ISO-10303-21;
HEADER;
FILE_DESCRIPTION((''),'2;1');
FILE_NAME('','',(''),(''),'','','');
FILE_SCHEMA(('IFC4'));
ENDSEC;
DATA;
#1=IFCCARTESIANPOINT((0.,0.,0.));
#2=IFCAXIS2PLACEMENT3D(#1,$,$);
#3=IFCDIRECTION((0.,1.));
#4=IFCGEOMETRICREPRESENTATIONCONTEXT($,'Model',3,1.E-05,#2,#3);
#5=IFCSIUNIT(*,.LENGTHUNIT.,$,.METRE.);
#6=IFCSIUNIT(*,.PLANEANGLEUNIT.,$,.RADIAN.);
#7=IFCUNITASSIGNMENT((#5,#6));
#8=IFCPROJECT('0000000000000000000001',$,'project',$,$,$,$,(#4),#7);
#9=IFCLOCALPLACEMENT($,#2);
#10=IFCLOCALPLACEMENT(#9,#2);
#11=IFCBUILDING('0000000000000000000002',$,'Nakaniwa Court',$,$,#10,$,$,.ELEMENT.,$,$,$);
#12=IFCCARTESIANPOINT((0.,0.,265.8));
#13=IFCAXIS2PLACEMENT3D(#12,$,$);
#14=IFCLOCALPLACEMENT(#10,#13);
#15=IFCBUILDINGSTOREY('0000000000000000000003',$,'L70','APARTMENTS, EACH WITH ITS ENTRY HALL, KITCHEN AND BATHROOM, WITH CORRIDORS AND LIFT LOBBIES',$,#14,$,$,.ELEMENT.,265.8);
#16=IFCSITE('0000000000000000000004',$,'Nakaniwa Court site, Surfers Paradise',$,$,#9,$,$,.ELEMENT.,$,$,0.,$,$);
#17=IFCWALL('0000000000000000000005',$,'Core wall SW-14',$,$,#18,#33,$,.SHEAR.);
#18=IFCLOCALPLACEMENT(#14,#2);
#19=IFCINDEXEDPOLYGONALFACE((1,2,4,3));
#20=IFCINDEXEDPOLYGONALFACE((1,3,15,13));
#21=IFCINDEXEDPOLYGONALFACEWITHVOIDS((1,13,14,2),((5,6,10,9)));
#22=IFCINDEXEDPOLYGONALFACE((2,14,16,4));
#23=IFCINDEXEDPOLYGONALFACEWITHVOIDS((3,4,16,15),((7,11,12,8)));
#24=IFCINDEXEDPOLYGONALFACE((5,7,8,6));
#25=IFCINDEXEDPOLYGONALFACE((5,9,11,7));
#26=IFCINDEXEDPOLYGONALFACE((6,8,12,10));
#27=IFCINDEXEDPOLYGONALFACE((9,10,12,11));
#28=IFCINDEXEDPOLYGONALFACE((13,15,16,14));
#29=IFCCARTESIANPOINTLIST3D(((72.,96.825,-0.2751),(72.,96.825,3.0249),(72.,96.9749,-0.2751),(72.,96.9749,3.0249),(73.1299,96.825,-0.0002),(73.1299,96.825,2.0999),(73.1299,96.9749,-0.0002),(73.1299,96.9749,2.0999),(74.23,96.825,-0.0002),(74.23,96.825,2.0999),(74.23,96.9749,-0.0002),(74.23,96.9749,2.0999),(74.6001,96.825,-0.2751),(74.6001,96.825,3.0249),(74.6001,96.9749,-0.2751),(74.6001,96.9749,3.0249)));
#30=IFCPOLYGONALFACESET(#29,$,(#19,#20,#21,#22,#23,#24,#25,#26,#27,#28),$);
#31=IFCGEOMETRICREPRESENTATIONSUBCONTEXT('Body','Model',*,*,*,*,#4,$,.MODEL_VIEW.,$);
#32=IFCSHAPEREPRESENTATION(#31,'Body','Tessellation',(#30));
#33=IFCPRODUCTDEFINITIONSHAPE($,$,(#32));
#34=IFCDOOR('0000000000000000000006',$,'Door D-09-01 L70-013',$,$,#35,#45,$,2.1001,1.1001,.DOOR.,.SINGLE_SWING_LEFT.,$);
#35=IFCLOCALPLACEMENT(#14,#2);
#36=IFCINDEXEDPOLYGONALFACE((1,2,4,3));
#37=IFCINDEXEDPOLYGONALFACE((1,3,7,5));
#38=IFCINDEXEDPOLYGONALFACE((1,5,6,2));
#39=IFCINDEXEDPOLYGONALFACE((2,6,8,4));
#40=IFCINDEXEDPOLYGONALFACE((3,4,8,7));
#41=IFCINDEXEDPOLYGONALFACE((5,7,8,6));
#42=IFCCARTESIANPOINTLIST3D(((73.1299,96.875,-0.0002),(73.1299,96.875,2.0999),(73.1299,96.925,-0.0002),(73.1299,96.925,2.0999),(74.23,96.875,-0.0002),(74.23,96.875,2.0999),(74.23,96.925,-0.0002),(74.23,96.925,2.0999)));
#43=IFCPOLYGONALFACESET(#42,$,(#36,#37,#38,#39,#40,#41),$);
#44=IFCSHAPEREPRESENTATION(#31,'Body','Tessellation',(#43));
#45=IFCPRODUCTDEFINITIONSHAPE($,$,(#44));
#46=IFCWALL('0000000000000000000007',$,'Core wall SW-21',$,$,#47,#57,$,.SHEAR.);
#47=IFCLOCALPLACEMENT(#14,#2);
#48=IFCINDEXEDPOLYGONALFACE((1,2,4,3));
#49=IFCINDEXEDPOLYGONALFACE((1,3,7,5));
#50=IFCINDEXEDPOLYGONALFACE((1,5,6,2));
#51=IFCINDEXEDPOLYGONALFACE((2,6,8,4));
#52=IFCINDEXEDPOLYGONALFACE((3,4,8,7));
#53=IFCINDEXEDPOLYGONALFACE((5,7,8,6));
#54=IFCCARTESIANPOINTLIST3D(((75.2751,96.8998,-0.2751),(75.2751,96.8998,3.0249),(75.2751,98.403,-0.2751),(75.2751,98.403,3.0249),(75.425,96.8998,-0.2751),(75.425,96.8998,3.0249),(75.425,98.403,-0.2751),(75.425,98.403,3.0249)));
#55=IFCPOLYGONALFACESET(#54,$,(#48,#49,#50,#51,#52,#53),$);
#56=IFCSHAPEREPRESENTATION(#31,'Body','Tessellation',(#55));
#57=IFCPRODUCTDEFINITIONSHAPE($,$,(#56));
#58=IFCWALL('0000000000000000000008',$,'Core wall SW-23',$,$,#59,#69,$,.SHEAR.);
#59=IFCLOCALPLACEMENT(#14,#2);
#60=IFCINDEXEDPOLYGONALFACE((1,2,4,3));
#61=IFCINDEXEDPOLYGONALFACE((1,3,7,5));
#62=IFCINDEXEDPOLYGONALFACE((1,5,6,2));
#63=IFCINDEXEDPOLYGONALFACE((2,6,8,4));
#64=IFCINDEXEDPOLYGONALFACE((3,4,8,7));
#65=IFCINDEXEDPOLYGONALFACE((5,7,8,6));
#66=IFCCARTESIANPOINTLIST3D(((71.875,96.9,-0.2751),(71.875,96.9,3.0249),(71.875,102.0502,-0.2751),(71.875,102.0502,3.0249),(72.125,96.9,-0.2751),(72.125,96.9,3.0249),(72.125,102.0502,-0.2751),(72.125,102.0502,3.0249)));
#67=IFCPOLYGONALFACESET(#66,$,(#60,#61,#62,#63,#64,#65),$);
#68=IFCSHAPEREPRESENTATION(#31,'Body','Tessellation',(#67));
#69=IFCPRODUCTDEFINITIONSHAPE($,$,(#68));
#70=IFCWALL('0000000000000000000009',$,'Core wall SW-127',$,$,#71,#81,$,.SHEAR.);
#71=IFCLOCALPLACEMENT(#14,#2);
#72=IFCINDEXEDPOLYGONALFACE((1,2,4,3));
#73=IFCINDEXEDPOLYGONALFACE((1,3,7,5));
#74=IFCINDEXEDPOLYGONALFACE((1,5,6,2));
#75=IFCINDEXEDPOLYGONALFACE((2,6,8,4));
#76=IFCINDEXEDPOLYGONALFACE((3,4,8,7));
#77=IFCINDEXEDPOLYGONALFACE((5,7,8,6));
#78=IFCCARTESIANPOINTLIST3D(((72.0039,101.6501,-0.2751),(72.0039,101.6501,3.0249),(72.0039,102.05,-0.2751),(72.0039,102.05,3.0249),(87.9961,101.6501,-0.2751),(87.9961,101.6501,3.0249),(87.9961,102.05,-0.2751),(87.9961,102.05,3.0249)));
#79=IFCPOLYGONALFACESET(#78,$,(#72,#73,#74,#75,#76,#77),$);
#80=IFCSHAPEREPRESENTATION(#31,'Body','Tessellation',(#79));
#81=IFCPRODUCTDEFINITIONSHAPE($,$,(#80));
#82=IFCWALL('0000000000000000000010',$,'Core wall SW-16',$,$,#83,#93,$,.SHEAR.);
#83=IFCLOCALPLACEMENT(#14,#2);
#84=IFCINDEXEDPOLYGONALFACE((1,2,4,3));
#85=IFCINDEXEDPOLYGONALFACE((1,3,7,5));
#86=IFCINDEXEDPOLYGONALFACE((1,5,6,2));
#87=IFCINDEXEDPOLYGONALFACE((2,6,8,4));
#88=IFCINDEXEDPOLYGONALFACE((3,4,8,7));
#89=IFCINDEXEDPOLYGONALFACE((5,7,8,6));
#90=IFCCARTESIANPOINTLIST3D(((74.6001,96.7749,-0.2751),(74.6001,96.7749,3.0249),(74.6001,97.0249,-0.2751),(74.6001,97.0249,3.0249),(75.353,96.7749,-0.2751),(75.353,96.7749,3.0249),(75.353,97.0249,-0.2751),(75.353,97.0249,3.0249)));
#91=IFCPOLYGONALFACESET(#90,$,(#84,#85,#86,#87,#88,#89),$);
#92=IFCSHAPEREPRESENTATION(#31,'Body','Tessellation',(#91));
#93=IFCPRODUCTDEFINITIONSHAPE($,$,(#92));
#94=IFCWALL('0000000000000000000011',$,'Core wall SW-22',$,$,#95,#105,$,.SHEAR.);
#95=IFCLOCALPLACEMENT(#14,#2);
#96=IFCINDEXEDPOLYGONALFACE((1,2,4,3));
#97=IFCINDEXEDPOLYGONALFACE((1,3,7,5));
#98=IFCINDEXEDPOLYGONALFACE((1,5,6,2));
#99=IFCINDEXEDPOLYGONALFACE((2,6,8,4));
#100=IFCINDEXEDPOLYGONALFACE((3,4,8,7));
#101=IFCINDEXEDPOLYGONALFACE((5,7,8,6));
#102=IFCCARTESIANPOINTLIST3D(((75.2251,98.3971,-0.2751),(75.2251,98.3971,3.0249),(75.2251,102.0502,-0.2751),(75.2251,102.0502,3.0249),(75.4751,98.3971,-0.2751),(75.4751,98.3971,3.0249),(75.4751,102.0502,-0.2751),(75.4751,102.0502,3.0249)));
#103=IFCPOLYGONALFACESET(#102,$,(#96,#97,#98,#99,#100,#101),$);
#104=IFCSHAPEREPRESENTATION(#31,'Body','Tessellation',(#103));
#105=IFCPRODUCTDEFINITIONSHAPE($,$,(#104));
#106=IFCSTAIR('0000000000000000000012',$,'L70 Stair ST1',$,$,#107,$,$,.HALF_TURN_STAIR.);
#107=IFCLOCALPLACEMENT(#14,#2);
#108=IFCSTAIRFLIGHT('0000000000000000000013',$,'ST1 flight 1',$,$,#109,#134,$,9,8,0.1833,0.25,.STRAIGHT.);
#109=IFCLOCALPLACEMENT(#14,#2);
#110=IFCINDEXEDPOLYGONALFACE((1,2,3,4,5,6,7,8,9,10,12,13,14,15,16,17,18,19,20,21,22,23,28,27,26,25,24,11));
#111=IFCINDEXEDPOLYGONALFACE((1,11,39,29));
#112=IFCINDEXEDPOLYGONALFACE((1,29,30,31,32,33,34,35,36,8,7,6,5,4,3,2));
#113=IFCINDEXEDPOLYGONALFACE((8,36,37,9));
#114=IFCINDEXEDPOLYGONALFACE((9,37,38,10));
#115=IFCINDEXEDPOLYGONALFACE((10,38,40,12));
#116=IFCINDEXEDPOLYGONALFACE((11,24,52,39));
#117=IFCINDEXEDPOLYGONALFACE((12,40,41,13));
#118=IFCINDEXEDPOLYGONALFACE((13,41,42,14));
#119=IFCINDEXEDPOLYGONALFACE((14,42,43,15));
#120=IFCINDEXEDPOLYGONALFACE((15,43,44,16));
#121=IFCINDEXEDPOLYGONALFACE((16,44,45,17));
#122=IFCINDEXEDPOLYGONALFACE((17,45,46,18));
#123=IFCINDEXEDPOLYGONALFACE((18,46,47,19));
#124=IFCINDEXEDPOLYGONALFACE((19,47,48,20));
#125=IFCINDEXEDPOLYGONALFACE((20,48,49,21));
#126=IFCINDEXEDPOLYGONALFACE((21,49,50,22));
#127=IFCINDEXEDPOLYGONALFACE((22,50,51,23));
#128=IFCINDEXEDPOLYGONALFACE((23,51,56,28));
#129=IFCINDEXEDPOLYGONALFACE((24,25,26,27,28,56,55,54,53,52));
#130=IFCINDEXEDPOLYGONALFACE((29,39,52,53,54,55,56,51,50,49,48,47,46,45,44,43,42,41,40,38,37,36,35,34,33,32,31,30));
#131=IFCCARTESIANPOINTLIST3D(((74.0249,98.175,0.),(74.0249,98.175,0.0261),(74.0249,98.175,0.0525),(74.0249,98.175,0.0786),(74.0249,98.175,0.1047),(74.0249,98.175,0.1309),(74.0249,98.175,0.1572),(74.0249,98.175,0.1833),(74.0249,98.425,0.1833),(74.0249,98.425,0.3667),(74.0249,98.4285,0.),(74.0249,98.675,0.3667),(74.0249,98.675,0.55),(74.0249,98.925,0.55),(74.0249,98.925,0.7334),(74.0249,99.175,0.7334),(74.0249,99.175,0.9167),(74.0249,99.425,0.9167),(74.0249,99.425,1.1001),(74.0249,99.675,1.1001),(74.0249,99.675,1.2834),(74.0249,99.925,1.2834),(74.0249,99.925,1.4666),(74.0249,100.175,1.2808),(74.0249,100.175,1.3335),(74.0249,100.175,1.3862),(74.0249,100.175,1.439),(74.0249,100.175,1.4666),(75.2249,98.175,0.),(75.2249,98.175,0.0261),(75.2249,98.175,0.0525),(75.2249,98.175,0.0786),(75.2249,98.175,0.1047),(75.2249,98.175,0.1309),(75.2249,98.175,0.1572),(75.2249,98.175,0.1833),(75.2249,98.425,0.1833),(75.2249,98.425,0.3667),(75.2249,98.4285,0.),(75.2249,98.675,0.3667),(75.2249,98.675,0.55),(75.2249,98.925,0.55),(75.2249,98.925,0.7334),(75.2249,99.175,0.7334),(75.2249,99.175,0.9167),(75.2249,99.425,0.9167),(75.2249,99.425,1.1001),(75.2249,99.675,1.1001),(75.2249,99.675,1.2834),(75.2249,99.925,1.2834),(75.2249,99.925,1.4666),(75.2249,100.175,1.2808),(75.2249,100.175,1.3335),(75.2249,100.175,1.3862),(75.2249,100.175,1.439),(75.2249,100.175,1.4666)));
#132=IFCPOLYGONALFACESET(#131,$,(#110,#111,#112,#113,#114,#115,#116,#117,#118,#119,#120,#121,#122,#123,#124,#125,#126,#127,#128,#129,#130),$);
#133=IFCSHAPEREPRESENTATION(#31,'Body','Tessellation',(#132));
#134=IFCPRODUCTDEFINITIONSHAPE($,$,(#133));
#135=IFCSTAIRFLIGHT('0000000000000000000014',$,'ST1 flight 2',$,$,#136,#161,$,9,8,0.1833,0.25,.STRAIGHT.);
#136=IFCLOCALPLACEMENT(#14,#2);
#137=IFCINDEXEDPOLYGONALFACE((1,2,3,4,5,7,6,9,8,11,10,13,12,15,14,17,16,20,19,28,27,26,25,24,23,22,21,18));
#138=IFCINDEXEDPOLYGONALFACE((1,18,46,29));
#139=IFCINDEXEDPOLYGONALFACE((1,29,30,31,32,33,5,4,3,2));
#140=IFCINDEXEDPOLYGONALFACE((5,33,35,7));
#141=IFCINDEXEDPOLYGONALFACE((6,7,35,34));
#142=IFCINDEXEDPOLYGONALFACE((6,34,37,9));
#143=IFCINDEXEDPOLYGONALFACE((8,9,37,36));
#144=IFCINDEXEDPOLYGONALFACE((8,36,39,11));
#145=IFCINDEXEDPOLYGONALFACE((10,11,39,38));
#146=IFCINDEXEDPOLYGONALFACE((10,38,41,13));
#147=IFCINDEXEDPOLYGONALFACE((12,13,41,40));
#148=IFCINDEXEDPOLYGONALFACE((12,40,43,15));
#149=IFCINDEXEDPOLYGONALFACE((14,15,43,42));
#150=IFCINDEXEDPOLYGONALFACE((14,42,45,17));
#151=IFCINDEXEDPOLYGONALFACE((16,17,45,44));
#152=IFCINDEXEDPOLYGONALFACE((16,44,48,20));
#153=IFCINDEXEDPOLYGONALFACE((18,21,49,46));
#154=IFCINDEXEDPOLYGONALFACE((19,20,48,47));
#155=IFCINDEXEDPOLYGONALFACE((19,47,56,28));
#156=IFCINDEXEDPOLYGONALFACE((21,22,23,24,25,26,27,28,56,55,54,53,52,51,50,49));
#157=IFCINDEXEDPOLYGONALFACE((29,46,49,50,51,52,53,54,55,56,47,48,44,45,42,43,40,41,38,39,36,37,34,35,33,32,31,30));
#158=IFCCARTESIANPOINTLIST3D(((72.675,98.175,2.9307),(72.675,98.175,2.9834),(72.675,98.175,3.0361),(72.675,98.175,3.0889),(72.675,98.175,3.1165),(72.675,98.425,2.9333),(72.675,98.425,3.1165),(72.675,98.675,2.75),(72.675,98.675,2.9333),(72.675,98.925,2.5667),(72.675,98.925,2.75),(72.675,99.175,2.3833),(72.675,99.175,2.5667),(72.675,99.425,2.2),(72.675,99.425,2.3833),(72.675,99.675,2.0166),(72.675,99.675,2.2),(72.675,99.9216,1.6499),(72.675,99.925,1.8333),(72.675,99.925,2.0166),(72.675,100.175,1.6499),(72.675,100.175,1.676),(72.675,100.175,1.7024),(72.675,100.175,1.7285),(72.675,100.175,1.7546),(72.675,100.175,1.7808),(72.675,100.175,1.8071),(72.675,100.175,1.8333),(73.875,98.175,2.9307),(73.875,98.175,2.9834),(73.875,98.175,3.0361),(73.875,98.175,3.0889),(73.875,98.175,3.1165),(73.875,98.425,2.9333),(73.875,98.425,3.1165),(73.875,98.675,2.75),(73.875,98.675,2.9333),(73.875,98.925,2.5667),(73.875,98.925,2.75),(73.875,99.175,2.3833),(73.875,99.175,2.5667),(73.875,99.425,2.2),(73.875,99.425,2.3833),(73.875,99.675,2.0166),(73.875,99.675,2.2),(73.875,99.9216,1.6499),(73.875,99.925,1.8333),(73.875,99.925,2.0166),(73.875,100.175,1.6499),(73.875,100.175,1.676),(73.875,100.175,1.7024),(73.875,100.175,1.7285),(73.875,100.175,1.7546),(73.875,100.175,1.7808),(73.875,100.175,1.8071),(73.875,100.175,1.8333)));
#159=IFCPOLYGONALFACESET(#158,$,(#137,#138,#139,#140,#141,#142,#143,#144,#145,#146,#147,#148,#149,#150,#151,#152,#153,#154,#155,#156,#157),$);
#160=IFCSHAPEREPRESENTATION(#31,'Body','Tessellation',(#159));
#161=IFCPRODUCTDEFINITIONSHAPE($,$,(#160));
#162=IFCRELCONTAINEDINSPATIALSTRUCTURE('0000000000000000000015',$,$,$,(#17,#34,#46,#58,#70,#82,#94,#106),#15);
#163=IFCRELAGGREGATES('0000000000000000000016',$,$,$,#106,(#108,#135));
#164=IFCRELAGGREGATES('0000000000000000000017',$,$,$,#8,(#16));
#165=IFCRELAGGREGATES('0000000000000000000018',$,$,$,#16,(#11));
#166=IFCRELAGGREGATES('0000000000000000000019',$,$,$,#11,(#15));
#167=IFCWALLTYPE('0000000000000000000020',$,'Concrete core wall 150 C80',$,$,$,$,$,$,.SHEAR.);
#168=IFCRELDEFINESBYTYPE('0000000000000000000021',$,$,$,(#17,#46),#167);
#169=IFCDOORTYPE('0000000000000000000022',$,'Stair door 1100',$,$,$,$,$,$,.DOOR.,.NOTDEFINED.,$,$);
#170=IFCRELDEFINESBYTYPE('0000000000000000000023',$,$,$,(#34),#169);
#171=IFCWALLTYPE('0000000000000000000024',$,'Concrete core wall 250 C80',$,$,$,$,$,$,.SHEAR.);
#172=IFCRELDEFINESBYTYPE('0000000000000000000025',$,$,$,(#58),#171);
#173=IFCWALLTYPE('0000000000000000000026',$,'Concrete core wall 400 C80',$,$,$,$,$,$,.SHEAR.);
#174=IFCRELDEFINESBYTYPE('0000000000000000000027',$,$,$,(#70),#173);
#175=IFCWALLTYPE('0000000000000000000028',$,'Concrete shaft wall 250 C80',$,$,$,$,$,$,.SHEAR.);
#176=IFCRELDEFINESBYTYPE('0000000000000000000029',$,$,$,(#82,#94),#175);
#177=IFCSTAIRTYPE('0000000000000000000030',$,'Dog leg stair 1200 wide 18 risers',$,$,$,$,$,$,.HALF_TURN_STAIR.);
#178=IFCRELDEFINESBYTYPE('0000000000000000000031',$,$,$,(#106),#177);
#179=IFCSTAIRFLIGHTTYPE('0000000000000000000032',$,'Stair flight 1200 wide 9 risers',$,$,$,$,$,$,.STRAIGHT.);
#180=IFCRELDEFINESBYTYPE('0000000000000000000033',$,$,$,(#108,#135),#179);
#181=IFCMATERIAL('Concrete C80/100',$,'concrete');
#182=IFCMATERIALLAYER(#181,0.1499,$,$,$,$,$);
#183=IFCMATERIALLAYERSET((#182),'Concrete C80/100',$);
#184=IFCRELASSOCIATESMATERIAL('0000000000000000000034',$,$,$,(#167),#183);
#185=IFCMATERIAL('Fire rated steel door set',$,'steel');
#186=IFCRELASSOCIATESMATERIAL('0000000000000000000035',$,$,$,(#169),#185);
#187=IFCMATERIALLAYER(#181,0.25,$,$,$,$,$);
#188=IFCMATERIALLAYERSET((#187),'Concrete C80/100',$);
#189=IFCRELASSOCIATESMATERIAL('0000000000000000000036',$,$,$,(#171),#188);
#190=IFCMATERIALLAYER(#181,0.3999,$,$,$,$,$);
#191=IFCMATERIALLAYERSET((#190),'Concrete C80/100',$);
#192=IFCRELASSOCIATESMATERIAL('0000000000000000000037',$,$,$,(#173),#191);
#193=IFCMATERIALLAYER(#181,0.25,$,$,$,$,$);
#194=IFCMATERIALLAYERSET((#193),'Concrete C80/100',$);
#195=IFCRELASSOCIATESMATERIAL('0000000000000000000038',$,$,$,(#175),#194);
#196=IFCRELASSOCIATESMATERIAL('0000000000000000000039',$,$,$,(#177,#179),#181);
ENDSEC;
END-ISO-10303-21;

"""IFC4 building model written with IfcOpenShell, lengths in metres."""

from ifc_helpers import new_model, si_unit, direction, frame, frame_2d, origin, place, context, subcontext, project, spatial, polyline, rectangle, outline, extrude, material, layer, layer_set, type_object, element, fill, aggregate, save


model = new_model("IFC4")

# Units and contexts
model_context = context("Model", 3, precision=1e-05, world=origin(), true_north=direction((0.0, 1.0)))
body_context = subcontext(model_context, "Body", "Model", "MODEL_VIEW")
ifc_project = project(units=[si_unit("LENGTHUNIT", "METRE"), si_unit("PLANEANGLEUNIT", "RADIAN")], contexts=[model_context])

# Site, building, storey
site_placement = place(None, origin())
site = spatial("IfcSite", under=ifc_project, at=site_placement, Name="Nakaniwa Court site, Surfers Paradise", CompositionType="ELEMENT", RefElevation=0.0)
building_placement = place(site_placement, origin())
building = spatial("IfcBuilding", under=site, at=building_placement, Name="Nakaniwa Court", CompositionType="ELEMENT")
storey_placement = place(building_placement, frame((0.0, 0.0, 265.8)))
storey = spatial("IfcBuildingStorey", under=building, at=storey_placement, Name="L70", Description="APARTMENTS, EACH WITH ITS ENTRY HALL, KITCHEN AND BATHROOM, WITH CORRIDORS AND LIFT LOBBIES", CompositionType="ELEMENT", Elevation=265.8)

# Shared definitions
ifc_material_1 = material(Name="Concrete C80/100", Category="concrete")

# Shared definitions
ifc_material_2 = material(Name="Fire rated steel door set", Category="steel")

# Wall, opening, door
ifc_layer_1 = layer(ifc_material_1, 0.1499)
ifc_layer_set_1 = layer_set([ifc_layer_1], Name="Concrete C80/100")
wall_type_1 = type_object("IfcWallType", Name="Concrete core wall 150 C80", PredefinedType="SHEAR", material=ifc_layer_set_1)
wall_1_placement = place(storey_placement, frame((74.6001, 96.8999, -0.2751), z_axis=(0.0, 0.0, 1.0), x_axis=(-1.0, 0.0, 0.0)))
wall_1 = element("IfcWall", 1, at=wall_1_placement, inside=storey, type_object=wall_type_1, Name="Core wall SW-14", PredefinedType="SHEAR", context=body_context, shape_type="SweptSolid", body=[
    extrude(rectangle(XDim=2.6001, YDim=0.1499, at=frame_2d((1.3, 0.0))), origin(), (0.0, 0.0, 1.0), 3.3),
])
opening_1_placement = place(wall_1_placement, frame((0.3701, 0.0, 0.2749)))
opening_1 = element("IfcOpeningElement", 2, at=opening_1_placement, cuts=wall_1, PredefinedType="OPENING", context=body_context, shape_type="SweptSolid", body=[
    extrude(rectangle(XDim=1.1001, YDim=2.1001, at=frame_2d((0.55, 1.05))), frame((0.0, 0.085, 0.0), z_axis=(0.0, -1.0, 0.0), x_axis=(1.0, 0.0, 0.0)), (0.0, 0.0, 1.0), 0.1699),
])
door_type_1 = type_object("IfcDoorType", Name="Stair door 1100", OperationType="NOTDEFINED", PredefinedType="DOOR", material=ifc_material_2)
door_1_placement = place(opening_1_placement, origin())
door_1 = element("IfcDoor", 3, at=door_1_placement, inside=storey, type_object=door_type_1, Name="Door D-09-01 L70-013", OperationType="SINGLE_SWING_LEFT", OverallHeight=2.1001, OverallWidth=1.1001, PredefinedType="DOOR", context=body_context, shape_type="SweptSolid", body=[
    extrude(rectangle(XDim=1.1001, YDim=2.1001, at=frame_2d((0.55, 1.05))), frame((0.0, 0.0249, 0.0), z_axis=(0.0, -1.0, 0.0), x_axis=(1.0, 0.0, 0.0)), (0.0, 0.0, 1.0), 0.05),
])
fill(opening_1, door_1)

# Walls
wall_2_placement = place(storey_placement, frame((75.3501, 96.8999, -0.2751), z_axis=(0.0, 0.0, 1.0), x_axis=(0.0, 1.0, 0.0)))
element("IfcWall", 4, at=wall_2_placement, inside=storey, type_object=wall_type_1, Name="Core wall SW-21", PredefinedType="SHEAR", context=body_context, shape_type="SweptSolid", body=[
    extrude(rectangle(XDim=1.5032, YDim=0.1499, at=frame_2d((0.7515, 0.0))), origin(), (0.0, 0.0, 1.0), 3.3),
])
ifc_layer_2 = layer(ifc_material_1, 0.25)
ifc_layer_set_2 = layer_set([ifc_layer_2], Name="Concrete C80/100")
wall_type_2 = type_object("IfcWallType", Name="Concrete core wall 250 C80", PredefinedType="SHEAR", material=ifc_layer_set_2)
wall_3_placement = place(storey_placement, frame((72.0, 96.8999, -0.2751), z_axis=(0.0, 0.0, 1.0), x_axis=(0.0, 1.0, 0.0)))
element("IfcWall", 5, at=wall_3_placement, inside=storey, type_object=wall_type_2, Name="Core wall SW-23", PredefinedType="SHEAR", context=body_context, shape_type="SweptSolid", body=[
    extrude(rectangle(XDim=5.1501, YDim=0.25, at=frame_2d((2.5752, 0.0))), origin(), (0.0, 0.0, 1.0), 3.3),
])
ifc_layer_3 = layer(ifc_material_1, 0.3999)
ifc_layer_set_3 = layer_set([ifc_layer_3], Name="Concrete C80/100")
wall_type_3 = type_object("IfcWallType", Name="Concrete core wall 400 C80", PredefinedType="SHEAR", material=ifc_layer_set_3)
wall_4_placement = place(storey_placement, frame((72.0039, 101.8501, -0.2751), z_axis=(0.0, 0.0, 1.0), x_axis=(1.0, 0.0, 0.0)))
element("IfcWall", 6, at=wall_4_placement, inside=storey, type_object=wall_type_3, Name="Core wall SW-127", PredefinedType="SHEAR", context=body_context, shape_type="SweptSolid", body=[
    extrude(rectangle(XDim=15.9922, YDim=0.3999, at=frame_2d((7.9961, 0.0))), origin(), (0.0, 0.0, 1.0), 3.3),
])
ifc_layer_4 = layer(ifc_material_1, 0.25)
ifc_layer_set_4 = layer_set([ifc_layer_4], Name="Concrete C80/100")
wall_type_4 = type_object("IfcWallType", Name="Concrete shaft wall 250 C80", PredefinedType="SHEAR", material=ifc_layer_set_4)
wall_5_placement = place(storey_placement, frame((74.6001, 96.8999, -0.2751), z_axis=(0.0, 0.0, 1.0), x_axis=(1.0, 0.0, 0.0)))
element("IfcWall", 7, at=wall_5_placement, inside=storey, type_object=wall_type_4, Name="Core wall SW-16", PredefinedType="SHEAR", context=body_context, shape_type="SweptSolid", body=[
    extrude(rectangle(XDim=0.7529, YDim=0.25, at=frame_2d((0.3765, 0.0))), origin(), (0.0, 0.0, 1.0), 3.3),
])
wall_6_placement = place(storey_placement, frame((75.3501, 98.397, -0.2751), z_axis=(0.0, 0.0, 1.0), x_axis=(0.0, 1.0, 0.0)))
element("IfcWall", 8, at=wall_6_placement, inside=storey, type_object=wall_type_4, Name="Core wall SW-22", PredefinedType="SHEAR", context=body_context, shape_type="SweptSolid", body=[
    extrude(rectangle(XDim=3.6531, YDim=0.25, at=frame_2d((1.8267, 0.0))), origin(), (0.0, 0.0, 1.0), 3.3),
])

# Stair, stair flights
stair_type = type_object("IfcStairType", Name="Dog leg stair 1200 wide 18 risers", PredefinedType="HALF_TURN_STAIR", material=ifc_material_1)
stair_placement = place(storey_placement, origin())
stair = element("IfcStair", 9, at=stair_placement, inside=storey, type_object=stair_type, Name="L70 Stair ST1", PredefinedType="HALF_TURN_STAIR")
stair_flight_type = type_object("IfcStairFlightType", Name="Stair flight 1200 wide 9 risers", PredefinedType="STRAIGHT", material=ifc_material_1)
stair_flight_1_placement = place(storey_placement, frame((74.625, 98.175, 0.0), z_axis=(0.0, 0.0, 1.0), x_axis=(0.0, 1.0, 0.0)))
stair_flight_1 = element("IfcStairFlight", 10, at=stair_flight_1_placement, type_object=stair_flight_type, Name="ST1 flight 1", NumberOfRisers=9, NumberOfTreads=8, PredefinedType="STRAIGHT", RiserHeight=0.1833, TreadLength=0.25, context=body_context, shape_type="SweptSolid", body=[
    extrude(outline(polyline([(0.0, 0.0), (0.0, 0.0261), (0.0, 0.0525), (0.0, 0.0786), (0.0, 0.1047), (0.0, 0.1309), (0.0, 0.1572), (0.0, 0.1833), (0.25, 0.1833), (0.25, 0.3667), (0.5, 0.3667), (0.5, 0.55), (0.75, 0.55), (0.75, 0.7334), (1.0, 0.7334), (1.0, 0.9167), (1.25, 0.9167), (1.25, 1.1001), (1.5, 1.1001), (1.5, 1.2834), (1.75, 1.2834), (1.75, 1.4666), (2.0, 1.4666), (2.0, 1.6499), (2.0, 1.5972), (2.0, 1.5444), (2.0, 1.4917), (2.0, 1.439), (2.0, 1.3862), (2.0, 1.3335), (2.0, 1.2808), (0.2534, 0.0), (0.0, 0.0)])), frame((0.0, 0.6001, 0.0), z_axis=(0.0, -1.0, 0.0), x_axis=(1.0, 0.0, 0.0)), (0.0, 0.0, 1.0), 1.2),
])
stair_flight_2_placement = place(storey_placement, frame((73.2749, 100.175, 1.6499), z_axis=(0.0, 0.0, 1.0), x_axis=(0.0, -1.0, 0.0)))
stair_flight_2 = element("IfcStairFlight", 11, at=stair_flight_2_placement, type_object=stair_flight_type, Name="ST1 flight 2", NumberOfRisers=9, NumberOfTreads=8, PredefinedType="STRAIGHT", RiserHeight=0.1833, TreadLength=0.25, context=body_context, shape_type="SweptSolid", body=[
    extrude(outline(polyline([(0.0, 0.0), (0.0, 0.0261), (0.0, 0.0525), (0.0, 0.0786), (0.0, 0.1047), (0.0, 0.1309), (0.0, 0.1572), (0.0, 0.1833), (0.25, 0.1833), (0.25, 0.3667), (0.5, 0.3667), (0.5, 0.55), (0.75, 0.55), (0.75, 0.7334), (1.0, 0.7334), (1.0, 0.9167), (1.25, 0.9167), (1.25, 1.1001), (1.5, 1.1001), (1.5, 1.2834), (1.75, 1.2834), (1.75, 1.4666), (2.0, 1.4666), (2.0, 1.6499), (2.0, 1.5972), (2.0, 1.5444), (2.0, 1.4917), (2.0, 1.439), (2.0, 1.3862), (2.0, 1.3335), (2.0, 1.2808), (0.2534, 0.0), (0.0, 0.0)])), frame((0.0, 0.6001, 0.0), z_axis=(0.0, -1.0, 0.0), x_axis=(1.0, 0.0, 0.0)), (0.0, 0.0, 1.0), 1.2),
])
aggregate(stair, [stair_flight_1, stair_flight_2])

save(model, "model.ifc")
